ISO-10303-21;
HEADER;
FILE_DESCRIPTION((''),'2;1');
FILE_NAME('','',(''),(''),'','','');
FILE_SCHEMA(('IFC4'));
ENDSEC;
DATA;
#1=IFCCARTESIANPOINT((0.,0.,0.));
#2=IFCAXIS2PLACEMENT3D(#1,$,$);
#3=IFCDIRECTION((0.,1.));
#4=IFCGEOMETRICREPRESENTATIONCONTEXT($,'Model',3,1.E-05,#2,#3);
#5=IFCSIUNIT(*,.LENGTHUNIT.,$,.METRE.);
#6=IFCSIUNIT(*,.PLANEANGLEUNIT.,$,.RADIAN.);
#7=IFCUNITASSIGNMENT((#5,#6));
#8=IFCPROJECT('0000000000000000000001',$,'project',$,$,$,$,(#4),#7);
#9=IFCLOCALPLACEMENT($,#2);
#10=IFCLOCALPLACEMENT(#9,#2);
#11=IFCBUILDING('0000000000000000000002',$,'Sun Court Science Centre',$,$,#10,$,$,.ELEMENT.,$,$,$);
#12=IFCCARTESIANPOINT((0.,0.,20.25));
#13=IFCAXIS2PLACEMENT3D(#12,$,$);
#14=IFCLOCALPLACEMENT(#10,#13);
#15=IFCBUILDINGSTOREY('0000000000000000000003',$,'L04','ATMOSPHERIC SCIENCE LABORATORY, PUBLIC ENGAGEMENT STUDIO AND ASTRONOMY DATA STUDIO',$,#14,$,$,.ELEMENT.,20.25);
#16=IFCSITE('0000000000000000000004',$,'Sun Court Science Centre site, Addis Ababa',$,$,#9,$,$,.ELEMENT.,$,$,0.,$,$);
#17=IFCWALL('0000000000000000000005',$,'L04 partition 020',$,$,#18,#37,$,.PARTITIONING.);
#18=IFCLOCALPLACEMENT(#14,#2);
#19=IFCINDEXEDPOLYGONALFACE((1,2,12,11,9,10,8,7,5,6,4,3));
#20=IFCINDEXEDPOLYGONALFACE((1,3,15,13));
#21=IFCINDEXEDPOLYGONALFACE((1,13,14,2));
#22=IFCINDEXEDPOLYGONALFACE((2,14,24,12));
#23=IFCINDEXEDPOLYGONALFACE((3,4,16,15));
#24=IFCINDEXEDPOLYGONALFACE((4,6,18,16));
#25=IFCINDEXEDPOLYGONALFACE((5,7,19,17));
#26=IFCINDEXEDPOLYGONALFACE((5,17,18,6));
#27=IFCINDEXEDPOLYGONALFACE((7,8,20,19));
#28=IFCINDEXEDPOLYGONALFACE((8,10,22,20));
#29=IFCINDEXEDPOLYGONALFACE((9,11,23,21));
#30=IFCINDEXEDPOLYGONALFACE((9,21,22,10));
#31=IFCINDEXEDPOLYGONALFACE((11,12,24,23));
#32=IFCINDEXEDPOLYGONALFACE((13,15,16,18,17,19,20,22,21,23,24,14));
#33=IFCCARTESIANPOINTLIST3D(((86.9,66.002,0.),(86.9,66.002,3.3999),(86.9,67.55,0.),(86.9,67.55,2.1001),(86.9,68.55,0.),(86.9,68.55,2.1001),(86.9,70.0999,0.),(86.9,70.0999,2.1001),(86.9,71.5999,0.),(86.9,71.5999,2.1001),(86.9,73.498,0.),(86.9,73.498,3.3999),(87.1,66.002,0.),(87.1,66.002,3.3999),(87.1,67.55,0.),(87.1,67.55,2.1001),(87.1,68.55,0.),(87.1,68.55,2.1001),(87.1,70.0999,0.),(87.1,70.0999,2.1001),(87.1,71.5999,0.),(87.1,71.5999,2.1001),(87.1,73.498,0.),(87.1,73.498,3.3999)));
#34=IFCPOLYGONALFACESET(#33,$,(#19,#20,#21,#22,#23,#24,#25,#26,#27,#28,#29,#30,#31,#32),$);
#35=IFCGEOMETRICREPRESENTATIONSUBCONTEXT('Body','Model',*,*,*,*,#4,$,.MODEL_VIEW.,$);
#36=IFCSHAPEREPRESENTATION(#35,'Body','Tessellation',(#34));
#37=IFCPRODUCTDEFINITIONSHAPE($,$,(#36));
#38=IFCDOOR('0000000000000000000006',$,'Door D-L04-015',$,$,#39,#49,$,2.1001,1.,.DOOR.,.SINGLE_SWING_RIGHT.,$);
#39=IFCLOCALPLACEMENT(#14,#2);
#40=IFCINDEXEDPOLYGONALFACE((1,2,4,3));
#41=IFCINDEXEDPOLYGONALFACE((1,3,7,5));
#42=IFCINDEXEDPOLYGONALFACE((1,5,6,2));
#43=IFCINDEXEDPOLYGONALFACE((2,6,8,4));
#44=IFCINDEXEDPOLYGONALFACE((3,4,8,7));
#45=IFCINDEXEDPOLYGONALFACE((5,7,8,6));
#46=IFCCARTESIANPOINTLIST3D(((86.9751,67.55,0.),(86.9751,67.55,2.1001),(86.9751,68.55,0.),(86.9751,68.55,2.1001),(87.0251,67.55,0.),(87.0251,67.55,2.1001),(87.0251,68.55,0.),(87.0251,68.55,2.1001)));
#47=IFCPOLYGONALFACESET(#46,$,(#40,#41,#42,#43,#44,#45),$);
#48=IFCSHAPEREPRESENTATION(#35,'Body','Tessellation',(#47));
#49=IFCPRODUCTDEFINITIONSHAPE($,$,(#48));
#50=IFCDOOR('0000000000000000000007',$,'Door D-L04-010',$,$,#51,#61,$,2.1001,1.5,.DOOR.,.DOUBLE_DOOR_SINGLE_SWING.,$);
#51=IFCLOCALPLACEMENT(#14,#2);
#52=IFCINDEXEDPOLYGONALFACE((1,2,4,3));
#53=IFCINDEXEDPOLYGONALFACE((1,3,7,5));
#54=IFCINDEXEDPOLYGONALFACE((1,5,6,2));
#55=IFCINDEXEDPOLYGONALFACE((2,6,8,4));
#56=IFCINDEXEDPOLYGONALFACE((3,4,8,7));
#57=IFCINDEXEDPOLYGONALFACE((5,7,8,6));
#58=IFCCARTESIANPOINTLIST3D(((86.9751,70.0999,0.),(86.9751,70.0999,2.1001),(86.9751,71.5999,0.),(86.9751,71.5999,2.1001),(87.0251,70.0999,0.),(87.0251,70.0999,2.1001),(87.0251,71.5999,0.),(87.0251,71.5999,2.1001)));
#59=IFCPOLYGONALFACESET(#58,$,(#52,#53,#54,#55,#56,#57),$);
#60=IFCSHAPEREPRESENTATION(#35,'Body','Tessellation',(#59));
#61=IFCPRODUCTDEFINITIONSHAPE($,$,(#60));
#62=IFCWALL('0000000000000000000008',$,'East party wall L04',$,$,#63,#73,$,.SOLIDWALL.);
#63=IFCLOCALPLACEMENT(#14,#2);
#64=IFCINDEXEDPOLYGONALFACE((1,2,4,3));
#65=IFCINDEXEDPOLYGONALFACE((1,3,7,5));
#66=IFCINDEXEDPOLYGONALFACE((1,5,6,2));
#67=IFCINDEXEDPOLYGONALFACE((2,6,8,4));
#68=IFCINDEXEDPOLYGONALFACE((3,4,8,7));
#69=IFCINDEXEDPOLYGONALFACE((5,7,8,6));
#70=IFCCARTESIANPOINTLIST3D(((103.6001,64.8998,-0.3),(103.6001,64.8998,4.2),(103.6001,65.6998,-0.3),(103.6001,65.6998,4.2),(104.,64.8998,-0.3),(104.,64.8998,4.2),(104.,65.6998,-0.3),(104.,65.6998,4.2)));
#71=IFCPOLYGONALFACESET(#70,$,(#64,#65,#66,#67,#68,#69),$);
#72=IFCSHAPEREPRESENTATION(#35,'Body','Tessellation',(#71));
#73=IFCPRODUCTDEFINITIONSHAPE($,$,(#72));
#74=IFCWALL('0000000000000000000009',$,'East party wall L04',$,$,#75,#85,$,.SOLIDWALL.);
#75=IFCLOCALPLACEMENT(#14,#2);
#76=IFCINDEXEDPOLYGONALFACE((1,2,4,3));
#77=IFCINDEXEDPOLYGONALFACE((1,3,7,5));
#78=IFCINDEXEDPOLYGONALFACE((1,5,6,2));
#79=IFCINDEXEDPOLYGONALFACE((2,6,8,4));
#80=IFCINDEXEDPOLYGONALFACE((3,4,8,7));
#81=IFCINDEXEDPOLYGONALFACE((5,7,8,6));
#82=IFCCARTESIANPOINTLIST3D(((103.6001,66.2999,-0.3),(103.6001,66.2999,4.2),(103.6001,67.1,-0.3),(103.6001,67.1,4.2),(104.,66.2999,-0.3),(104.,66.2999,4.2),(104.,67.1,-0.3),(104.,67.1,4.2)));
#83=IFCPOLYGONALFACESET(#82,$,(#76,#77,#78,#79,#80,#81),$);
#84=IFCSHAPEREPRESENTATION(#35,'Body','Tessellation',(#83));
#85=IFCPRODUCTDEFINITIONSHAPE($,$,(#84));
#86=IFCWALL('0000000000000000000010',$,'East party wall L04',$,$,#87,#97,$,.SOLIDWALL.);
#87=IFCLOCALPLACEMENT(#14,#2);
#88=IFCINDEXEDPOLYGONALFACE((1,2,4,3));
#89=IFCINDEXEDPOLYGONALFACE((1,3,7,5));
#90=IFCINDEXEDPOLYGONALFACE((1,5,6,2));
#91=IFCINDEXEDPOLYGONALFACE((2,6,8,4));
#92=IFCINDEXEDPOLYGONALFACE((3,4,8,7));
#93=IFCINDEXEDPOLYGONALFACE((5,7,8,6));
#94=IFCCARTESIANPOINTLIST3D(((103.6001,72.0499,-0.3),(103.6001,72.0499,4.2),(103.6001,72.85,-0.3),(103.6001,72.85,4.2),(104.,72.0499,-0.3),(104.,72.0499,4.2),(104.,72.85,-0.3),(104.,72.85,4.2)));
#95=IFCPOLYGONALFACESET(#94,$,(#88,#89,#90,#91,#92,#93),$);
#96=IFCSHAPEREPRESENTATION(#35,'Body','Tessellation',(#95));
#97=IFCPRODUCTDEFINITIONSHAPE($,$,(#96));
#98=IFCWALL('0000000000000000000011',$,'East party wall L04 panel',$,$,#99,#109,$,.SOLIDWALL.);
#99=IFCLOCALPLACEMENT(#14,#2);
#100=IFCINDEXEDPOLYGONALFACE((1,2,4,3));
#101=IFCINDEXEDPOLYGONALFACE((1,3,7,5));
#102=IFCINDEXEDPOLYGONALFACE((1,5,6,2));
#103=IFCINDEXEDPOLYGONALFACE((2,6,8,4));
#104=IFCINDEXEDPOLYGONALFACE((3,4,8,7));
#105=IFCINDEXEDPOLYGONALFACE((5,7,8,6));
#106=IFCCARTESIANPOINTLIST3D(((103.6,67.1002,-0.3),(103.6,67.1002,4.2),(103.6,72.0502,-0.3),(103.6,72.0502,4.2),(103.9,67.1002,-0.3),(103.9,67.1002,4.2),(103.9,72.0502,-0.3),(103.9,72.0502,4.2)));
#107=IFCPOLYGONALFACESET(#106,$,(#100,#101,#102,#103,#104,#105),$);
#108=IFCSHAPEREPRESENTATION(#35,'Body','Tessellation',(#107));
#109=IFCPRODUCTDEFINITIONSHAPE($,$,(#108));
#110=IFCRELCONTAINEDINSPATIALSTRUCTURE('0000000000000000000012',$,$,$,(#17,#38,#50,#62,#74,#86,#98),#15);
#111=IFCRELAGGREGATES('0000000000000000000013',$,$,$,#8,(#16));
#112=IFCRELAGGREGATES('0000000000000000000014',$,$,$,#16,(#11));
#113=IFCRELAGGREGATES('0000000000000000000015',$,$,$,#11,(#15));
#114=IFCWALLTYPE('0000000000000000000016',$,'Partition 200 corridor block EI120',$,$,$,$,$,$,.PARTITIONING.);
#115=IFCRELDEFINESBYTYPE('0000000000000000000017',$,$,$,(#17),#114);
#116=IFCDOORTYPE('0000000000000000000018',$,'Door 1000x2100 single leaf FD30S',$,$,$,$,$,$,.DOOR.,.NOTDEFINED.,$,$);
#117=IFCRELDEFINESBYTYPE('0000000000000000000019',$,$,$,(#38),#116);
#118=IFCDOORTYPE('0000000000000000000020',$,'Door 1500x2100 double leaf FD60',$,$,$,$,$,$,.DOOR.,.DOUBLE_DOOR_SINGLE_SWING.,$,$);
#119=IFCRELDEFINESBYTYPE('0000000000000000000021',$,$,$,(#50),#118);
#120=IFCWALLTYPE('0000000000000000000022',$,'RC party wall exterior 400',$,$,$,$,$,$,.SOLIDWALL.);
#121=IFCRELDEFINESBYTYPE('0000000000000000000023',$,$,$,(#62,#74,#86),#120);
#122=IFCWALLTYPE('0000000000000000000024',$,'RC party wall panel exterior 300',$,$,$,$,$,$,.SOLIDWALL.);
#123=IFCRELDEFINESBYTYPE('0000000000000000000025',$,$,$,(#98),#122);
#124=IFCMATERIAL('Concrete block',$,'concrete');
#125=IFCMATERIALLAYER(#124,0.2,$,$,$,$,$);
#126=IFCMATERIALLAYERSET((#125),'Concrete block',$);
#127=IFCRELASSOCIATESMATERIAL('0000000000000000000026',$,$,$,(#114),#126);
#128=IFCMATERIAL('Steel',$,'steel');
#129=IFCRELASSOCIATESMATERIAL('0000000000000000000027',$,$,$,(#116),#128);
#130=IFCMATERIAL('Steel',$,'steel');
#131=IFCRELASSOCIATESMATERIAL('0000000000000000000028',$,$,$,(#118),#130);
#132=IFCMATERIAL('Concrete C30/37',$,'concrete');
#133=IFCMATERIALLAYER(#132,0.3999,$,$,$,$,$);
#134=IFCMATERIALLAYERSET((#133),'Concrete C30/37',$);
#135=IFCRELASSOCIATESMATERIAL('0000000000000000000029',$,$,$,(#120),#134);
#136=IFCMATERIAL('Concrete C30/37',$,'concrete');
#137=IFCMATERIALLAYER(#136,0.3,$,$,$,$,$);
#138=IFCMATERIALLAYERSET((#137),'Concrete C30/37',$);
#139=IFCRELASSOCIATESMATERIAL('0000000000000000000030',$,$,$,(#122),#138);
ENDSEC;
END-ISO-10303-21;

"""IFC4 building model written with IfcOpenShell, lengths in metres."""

from ifc_helpers import new_model, si_unit, direction, frame, frame_2d, origin, place, context, subcontext, project, spatial, rectangle, extrude, material, layer, layer_set, type_object, element, fill, save


model = new_model("IFC4")

# Units and contexts
model_context = context("Model", 3, precision=1e-05, world=origin(), true_north=direction((0.0, 1.0)))
body_context = subcontext(model_context, "Body", "Model", "MODEL_VIEW")
ifc_project = project(units=[si_unit("LENGTHUNIT", "METRE"), si_unit("PLANEANGLEUNIT", "RADIAN")], contexts=[model_context])

# Site, building, storey
site_placement = place(None, origin())
site = spatial("IfcSite", under=ifc_project, at=site_placement, Name="Sun Court Science Centre site, Addis Ababa", CompositionType="ELEMENT", RefElevation=0.0)
building_placement = place(site_placement, origin())
building = spatial("IfcBuilding", under=site, at=building_placement, Name="Sun Court Science Centre", CompositionType="ELEMENT")
storey_placement = place(building_placement, frame((0.0, 0.0, 20.25)))
storey = spatial("IfcBuildingStorey", under=building, at=storey_placement, Name="L04", Description="ATMOSPHERIC SCIENCE LABORATORY, PUBLIC ENGAGEMENT STUDIO AND ASTRONOMY DATA STUDIO", CompositionType="ELEMENT", Elevation=20.25)

# Wall, openings, doors
ifc_material_1 = material(Name="Concrete block", Category="concrete")
ifc_layer_1 = layer(ifc_material_1, 0.2)
ifc_layer_set_1 = layer_set([ifc_layer_1], Name="Concrete block")
wall_type_1 = type_object("IfcWallType", Name="Partition 200 corridor block EI120", PredefinedType="PARTITIONING", material=ifc_layer_set_1)
wall_1_placement = place(storey_placement, frame((87.0, 66.002, 0.0), z_axis=(0.0, 0.0, 1.0), x_axis=(0.0, 1.0, 0.0)))
wall_1 = element("IfcWall", 1, at=wall_1_placement, inside=storey, type_object=wall_type_1, Name="L04 partition 020", PredefinedType="PARTITIONING", context=body_context, shape_type="SweptSolid", body=[
    extrude(rectangle(XDim=7.4961, YDim=0.2, at=frame_2d((3.748, 0.0))), origin(), (0.0, 0.0, 1.0), 3.3999),
])
opening_1_placement = place(wall_1_placement, frame((4.0979, 0.0, 0.0)))
opening_1 = element("IfcOpeningElement", 2, at=opening_1_placement, cuts=wall_1, PredefinedType="OPENING", context=body_context, shape_type="SweptSolid", body=[
    extrude(rectangle(XDim=1.5, YDim=2.1001, at=frame_2d((0.75, 1.05))), frame((0.0, 0.1099, 0.0), z_axis=(0.0, -1.0, 0.0), x_axis=(1.0, 0.0, 0.0)), (0.0, 0.0, 1.0), 0.22),
])
opening_2_placement = place(wall_1_placement, frame((1.5481, 0.0, 0.0)))
opening_2 = element("IfcOpeningElement", 3, at=opening_2_placement, cuts=wall_1, PredefinedType="OPENING", context=body_context, shape_type="SweptSolid", body=[
    extrude(rectangle(XDim=1.0, YDim=2.1001, at=frame_2d((0.5, 1.05))), frame((0.0, 0.1099, 0.0), z_axis=(0.0, -1.0, 0.0), x_axis=(1.0, 0.0, 0.0)), (0.0, 0.0, 1.0), 0.22),
])
ifc_material_2 = material(Name="Steel", Category="steel")
door_type_1 = type_object("IfcDoorType", Name="Door 1000x2100 single leaf FD30S", OperationType="NOTDEFINED", PredefinedType="DOOR", material=ifc_material_2)
door_1_placement = place(opening_2_placement, origin())
door_1 = element("IfcDoor", 4, at=door_1_placement, inside=storey, type_object=door_type_1, Name="Door D-L04-015", OperationType="SINGLE_SWING_RIGHT", OverallHeight=2.1001, OverallWidth=1.0, PredefinedType="DOOR", context=body_context, shape_type="SweptSolid", body=[
    extrude(rectangle(XDim=1.0, YDim=2.1001, at=frame_2d((0.5, 1.05))), frame((0.0, 0.0249, 0.0), z_axis=(0.0, -1.0, 0.0), x_axis=(1.0, 0.0, 0.0)), (0.0, 0.0, 1.0), 0.05),
])
fill(opening_2, door_1)
ifc_material_3 = material(Name="Steel", Category="steel")
door_type_2 = type_object("IfcDoorType", Name="Door 1500x2100 double leaf FD60", OperationType="DOUBLE_DOOR_SINGLE_SWING", PredefinedType="DOOR", material=ifc_material_3)
door_2_placement = place(opening_1_placement, origin())
door_2 = element("IfcDoor", 5, at=door_2_placement, inside=storey, type_object=door_type_2, Name="Door D-L04-010", OperationType="DOUBLE_DOOR_SINGLE_SWING", OverallHeight=2.1001, OverallWidth=1.5, PredefinedType="DOOR", context=body_context, shape_type="SweptSolid", body=[
    extrude(rectangle(XDim=1.5, YDim=2.1001, at=frame_2d((0.75, 1.05))), frame((0.0, 0.0249, 0.0), z_axis=(0.0, -1.0, 0.0), x_axis=(1.0, 0.0, 0.0)), (0.0, 0.0, 1.0), 0.05),
])
fill(opening_1, door_2)

# Walls
ifc_material_4 = material(Name="Concrete C30/37", Category="concrete")
ifc_layer_2 = layer(ifc_material_4, 0.3999)
ifc_layer_set_2 = layer_set([ifc_layer_2], Name="Concrete C30/37")
wall_type_2 = type_object("IfcWallType", Name="RC party wall exterior 400", PredefinedType="SOLIDWALL", material=ifc_layer_set_2)
for number, where, z_axis, x_axis, name in (
    (6, (103.8, 64.8999, -0.3), (0.0, 0.0, 1.0), (0.0, 1.0, 0.0), "East party wall L04"),
    (7, (103.8, 66.3, -0.3), (0.0, 0.0, 1.0), (0.0, 1.0, 0.0), "East party wall L04"),
    (8, (103.8, 72.05, -0.3), (0.0, 0.0, 1.0), (0.0, 1.0, 0.0), "East party wall L04"),
):
    element("IfcWall", number, at=place(storey_placement, frame(where, z_axis=z_axis, x_axis=x_axis)), inside=storey, type_object=wall_type_2, Name=name, PredefinedType="SOLIDWALL", context=body_context, shape_type="SweptSolid", body=[
        extrude(rectangle(XDim=0.8, YDim=0.3999, at=frame_2d((0.3999, 0.0))), origin(), (0.0, 0.0, 1.0), 4.5),
    ])
ifc_material_5 = material(Name="Concrete C30/37", Category="concrete")
ifc_layer_3 = layer(ifc_material_5, 0.3)
ifc_layer_set_3 = layer_set([ifc_layer_3], Name="Concrete C30/37")
wall_type_3 = type_object("IfcWallType", Name="RC party wall panel exterior 300", PredefinedType="SOLIDWALL", material=ifc_layer_set_3)
wall_2_placement = place(storey_placement, frame((103.75, 67.1001, -0.3), z_axis=(0.0, 0.0, 1.0), x_axis=(0.0, 1.0, 0.0)))
element("IfcWall", 9, at=wall_2_placement, inside=storey, type_object=wall_type_3, Name="East party wall L04 panel", PredefinedType="SOLIDWALL", context=body_context, shape_type="SweptSolid", body=[
    extrude(rectangle(XDim=4.95, YDim=0.3, at=frame_2d((2.4751, 0.0))), origin(), (0.0, 0.0, 1.0), 4.5),
])

save(model, "model.ifc")
